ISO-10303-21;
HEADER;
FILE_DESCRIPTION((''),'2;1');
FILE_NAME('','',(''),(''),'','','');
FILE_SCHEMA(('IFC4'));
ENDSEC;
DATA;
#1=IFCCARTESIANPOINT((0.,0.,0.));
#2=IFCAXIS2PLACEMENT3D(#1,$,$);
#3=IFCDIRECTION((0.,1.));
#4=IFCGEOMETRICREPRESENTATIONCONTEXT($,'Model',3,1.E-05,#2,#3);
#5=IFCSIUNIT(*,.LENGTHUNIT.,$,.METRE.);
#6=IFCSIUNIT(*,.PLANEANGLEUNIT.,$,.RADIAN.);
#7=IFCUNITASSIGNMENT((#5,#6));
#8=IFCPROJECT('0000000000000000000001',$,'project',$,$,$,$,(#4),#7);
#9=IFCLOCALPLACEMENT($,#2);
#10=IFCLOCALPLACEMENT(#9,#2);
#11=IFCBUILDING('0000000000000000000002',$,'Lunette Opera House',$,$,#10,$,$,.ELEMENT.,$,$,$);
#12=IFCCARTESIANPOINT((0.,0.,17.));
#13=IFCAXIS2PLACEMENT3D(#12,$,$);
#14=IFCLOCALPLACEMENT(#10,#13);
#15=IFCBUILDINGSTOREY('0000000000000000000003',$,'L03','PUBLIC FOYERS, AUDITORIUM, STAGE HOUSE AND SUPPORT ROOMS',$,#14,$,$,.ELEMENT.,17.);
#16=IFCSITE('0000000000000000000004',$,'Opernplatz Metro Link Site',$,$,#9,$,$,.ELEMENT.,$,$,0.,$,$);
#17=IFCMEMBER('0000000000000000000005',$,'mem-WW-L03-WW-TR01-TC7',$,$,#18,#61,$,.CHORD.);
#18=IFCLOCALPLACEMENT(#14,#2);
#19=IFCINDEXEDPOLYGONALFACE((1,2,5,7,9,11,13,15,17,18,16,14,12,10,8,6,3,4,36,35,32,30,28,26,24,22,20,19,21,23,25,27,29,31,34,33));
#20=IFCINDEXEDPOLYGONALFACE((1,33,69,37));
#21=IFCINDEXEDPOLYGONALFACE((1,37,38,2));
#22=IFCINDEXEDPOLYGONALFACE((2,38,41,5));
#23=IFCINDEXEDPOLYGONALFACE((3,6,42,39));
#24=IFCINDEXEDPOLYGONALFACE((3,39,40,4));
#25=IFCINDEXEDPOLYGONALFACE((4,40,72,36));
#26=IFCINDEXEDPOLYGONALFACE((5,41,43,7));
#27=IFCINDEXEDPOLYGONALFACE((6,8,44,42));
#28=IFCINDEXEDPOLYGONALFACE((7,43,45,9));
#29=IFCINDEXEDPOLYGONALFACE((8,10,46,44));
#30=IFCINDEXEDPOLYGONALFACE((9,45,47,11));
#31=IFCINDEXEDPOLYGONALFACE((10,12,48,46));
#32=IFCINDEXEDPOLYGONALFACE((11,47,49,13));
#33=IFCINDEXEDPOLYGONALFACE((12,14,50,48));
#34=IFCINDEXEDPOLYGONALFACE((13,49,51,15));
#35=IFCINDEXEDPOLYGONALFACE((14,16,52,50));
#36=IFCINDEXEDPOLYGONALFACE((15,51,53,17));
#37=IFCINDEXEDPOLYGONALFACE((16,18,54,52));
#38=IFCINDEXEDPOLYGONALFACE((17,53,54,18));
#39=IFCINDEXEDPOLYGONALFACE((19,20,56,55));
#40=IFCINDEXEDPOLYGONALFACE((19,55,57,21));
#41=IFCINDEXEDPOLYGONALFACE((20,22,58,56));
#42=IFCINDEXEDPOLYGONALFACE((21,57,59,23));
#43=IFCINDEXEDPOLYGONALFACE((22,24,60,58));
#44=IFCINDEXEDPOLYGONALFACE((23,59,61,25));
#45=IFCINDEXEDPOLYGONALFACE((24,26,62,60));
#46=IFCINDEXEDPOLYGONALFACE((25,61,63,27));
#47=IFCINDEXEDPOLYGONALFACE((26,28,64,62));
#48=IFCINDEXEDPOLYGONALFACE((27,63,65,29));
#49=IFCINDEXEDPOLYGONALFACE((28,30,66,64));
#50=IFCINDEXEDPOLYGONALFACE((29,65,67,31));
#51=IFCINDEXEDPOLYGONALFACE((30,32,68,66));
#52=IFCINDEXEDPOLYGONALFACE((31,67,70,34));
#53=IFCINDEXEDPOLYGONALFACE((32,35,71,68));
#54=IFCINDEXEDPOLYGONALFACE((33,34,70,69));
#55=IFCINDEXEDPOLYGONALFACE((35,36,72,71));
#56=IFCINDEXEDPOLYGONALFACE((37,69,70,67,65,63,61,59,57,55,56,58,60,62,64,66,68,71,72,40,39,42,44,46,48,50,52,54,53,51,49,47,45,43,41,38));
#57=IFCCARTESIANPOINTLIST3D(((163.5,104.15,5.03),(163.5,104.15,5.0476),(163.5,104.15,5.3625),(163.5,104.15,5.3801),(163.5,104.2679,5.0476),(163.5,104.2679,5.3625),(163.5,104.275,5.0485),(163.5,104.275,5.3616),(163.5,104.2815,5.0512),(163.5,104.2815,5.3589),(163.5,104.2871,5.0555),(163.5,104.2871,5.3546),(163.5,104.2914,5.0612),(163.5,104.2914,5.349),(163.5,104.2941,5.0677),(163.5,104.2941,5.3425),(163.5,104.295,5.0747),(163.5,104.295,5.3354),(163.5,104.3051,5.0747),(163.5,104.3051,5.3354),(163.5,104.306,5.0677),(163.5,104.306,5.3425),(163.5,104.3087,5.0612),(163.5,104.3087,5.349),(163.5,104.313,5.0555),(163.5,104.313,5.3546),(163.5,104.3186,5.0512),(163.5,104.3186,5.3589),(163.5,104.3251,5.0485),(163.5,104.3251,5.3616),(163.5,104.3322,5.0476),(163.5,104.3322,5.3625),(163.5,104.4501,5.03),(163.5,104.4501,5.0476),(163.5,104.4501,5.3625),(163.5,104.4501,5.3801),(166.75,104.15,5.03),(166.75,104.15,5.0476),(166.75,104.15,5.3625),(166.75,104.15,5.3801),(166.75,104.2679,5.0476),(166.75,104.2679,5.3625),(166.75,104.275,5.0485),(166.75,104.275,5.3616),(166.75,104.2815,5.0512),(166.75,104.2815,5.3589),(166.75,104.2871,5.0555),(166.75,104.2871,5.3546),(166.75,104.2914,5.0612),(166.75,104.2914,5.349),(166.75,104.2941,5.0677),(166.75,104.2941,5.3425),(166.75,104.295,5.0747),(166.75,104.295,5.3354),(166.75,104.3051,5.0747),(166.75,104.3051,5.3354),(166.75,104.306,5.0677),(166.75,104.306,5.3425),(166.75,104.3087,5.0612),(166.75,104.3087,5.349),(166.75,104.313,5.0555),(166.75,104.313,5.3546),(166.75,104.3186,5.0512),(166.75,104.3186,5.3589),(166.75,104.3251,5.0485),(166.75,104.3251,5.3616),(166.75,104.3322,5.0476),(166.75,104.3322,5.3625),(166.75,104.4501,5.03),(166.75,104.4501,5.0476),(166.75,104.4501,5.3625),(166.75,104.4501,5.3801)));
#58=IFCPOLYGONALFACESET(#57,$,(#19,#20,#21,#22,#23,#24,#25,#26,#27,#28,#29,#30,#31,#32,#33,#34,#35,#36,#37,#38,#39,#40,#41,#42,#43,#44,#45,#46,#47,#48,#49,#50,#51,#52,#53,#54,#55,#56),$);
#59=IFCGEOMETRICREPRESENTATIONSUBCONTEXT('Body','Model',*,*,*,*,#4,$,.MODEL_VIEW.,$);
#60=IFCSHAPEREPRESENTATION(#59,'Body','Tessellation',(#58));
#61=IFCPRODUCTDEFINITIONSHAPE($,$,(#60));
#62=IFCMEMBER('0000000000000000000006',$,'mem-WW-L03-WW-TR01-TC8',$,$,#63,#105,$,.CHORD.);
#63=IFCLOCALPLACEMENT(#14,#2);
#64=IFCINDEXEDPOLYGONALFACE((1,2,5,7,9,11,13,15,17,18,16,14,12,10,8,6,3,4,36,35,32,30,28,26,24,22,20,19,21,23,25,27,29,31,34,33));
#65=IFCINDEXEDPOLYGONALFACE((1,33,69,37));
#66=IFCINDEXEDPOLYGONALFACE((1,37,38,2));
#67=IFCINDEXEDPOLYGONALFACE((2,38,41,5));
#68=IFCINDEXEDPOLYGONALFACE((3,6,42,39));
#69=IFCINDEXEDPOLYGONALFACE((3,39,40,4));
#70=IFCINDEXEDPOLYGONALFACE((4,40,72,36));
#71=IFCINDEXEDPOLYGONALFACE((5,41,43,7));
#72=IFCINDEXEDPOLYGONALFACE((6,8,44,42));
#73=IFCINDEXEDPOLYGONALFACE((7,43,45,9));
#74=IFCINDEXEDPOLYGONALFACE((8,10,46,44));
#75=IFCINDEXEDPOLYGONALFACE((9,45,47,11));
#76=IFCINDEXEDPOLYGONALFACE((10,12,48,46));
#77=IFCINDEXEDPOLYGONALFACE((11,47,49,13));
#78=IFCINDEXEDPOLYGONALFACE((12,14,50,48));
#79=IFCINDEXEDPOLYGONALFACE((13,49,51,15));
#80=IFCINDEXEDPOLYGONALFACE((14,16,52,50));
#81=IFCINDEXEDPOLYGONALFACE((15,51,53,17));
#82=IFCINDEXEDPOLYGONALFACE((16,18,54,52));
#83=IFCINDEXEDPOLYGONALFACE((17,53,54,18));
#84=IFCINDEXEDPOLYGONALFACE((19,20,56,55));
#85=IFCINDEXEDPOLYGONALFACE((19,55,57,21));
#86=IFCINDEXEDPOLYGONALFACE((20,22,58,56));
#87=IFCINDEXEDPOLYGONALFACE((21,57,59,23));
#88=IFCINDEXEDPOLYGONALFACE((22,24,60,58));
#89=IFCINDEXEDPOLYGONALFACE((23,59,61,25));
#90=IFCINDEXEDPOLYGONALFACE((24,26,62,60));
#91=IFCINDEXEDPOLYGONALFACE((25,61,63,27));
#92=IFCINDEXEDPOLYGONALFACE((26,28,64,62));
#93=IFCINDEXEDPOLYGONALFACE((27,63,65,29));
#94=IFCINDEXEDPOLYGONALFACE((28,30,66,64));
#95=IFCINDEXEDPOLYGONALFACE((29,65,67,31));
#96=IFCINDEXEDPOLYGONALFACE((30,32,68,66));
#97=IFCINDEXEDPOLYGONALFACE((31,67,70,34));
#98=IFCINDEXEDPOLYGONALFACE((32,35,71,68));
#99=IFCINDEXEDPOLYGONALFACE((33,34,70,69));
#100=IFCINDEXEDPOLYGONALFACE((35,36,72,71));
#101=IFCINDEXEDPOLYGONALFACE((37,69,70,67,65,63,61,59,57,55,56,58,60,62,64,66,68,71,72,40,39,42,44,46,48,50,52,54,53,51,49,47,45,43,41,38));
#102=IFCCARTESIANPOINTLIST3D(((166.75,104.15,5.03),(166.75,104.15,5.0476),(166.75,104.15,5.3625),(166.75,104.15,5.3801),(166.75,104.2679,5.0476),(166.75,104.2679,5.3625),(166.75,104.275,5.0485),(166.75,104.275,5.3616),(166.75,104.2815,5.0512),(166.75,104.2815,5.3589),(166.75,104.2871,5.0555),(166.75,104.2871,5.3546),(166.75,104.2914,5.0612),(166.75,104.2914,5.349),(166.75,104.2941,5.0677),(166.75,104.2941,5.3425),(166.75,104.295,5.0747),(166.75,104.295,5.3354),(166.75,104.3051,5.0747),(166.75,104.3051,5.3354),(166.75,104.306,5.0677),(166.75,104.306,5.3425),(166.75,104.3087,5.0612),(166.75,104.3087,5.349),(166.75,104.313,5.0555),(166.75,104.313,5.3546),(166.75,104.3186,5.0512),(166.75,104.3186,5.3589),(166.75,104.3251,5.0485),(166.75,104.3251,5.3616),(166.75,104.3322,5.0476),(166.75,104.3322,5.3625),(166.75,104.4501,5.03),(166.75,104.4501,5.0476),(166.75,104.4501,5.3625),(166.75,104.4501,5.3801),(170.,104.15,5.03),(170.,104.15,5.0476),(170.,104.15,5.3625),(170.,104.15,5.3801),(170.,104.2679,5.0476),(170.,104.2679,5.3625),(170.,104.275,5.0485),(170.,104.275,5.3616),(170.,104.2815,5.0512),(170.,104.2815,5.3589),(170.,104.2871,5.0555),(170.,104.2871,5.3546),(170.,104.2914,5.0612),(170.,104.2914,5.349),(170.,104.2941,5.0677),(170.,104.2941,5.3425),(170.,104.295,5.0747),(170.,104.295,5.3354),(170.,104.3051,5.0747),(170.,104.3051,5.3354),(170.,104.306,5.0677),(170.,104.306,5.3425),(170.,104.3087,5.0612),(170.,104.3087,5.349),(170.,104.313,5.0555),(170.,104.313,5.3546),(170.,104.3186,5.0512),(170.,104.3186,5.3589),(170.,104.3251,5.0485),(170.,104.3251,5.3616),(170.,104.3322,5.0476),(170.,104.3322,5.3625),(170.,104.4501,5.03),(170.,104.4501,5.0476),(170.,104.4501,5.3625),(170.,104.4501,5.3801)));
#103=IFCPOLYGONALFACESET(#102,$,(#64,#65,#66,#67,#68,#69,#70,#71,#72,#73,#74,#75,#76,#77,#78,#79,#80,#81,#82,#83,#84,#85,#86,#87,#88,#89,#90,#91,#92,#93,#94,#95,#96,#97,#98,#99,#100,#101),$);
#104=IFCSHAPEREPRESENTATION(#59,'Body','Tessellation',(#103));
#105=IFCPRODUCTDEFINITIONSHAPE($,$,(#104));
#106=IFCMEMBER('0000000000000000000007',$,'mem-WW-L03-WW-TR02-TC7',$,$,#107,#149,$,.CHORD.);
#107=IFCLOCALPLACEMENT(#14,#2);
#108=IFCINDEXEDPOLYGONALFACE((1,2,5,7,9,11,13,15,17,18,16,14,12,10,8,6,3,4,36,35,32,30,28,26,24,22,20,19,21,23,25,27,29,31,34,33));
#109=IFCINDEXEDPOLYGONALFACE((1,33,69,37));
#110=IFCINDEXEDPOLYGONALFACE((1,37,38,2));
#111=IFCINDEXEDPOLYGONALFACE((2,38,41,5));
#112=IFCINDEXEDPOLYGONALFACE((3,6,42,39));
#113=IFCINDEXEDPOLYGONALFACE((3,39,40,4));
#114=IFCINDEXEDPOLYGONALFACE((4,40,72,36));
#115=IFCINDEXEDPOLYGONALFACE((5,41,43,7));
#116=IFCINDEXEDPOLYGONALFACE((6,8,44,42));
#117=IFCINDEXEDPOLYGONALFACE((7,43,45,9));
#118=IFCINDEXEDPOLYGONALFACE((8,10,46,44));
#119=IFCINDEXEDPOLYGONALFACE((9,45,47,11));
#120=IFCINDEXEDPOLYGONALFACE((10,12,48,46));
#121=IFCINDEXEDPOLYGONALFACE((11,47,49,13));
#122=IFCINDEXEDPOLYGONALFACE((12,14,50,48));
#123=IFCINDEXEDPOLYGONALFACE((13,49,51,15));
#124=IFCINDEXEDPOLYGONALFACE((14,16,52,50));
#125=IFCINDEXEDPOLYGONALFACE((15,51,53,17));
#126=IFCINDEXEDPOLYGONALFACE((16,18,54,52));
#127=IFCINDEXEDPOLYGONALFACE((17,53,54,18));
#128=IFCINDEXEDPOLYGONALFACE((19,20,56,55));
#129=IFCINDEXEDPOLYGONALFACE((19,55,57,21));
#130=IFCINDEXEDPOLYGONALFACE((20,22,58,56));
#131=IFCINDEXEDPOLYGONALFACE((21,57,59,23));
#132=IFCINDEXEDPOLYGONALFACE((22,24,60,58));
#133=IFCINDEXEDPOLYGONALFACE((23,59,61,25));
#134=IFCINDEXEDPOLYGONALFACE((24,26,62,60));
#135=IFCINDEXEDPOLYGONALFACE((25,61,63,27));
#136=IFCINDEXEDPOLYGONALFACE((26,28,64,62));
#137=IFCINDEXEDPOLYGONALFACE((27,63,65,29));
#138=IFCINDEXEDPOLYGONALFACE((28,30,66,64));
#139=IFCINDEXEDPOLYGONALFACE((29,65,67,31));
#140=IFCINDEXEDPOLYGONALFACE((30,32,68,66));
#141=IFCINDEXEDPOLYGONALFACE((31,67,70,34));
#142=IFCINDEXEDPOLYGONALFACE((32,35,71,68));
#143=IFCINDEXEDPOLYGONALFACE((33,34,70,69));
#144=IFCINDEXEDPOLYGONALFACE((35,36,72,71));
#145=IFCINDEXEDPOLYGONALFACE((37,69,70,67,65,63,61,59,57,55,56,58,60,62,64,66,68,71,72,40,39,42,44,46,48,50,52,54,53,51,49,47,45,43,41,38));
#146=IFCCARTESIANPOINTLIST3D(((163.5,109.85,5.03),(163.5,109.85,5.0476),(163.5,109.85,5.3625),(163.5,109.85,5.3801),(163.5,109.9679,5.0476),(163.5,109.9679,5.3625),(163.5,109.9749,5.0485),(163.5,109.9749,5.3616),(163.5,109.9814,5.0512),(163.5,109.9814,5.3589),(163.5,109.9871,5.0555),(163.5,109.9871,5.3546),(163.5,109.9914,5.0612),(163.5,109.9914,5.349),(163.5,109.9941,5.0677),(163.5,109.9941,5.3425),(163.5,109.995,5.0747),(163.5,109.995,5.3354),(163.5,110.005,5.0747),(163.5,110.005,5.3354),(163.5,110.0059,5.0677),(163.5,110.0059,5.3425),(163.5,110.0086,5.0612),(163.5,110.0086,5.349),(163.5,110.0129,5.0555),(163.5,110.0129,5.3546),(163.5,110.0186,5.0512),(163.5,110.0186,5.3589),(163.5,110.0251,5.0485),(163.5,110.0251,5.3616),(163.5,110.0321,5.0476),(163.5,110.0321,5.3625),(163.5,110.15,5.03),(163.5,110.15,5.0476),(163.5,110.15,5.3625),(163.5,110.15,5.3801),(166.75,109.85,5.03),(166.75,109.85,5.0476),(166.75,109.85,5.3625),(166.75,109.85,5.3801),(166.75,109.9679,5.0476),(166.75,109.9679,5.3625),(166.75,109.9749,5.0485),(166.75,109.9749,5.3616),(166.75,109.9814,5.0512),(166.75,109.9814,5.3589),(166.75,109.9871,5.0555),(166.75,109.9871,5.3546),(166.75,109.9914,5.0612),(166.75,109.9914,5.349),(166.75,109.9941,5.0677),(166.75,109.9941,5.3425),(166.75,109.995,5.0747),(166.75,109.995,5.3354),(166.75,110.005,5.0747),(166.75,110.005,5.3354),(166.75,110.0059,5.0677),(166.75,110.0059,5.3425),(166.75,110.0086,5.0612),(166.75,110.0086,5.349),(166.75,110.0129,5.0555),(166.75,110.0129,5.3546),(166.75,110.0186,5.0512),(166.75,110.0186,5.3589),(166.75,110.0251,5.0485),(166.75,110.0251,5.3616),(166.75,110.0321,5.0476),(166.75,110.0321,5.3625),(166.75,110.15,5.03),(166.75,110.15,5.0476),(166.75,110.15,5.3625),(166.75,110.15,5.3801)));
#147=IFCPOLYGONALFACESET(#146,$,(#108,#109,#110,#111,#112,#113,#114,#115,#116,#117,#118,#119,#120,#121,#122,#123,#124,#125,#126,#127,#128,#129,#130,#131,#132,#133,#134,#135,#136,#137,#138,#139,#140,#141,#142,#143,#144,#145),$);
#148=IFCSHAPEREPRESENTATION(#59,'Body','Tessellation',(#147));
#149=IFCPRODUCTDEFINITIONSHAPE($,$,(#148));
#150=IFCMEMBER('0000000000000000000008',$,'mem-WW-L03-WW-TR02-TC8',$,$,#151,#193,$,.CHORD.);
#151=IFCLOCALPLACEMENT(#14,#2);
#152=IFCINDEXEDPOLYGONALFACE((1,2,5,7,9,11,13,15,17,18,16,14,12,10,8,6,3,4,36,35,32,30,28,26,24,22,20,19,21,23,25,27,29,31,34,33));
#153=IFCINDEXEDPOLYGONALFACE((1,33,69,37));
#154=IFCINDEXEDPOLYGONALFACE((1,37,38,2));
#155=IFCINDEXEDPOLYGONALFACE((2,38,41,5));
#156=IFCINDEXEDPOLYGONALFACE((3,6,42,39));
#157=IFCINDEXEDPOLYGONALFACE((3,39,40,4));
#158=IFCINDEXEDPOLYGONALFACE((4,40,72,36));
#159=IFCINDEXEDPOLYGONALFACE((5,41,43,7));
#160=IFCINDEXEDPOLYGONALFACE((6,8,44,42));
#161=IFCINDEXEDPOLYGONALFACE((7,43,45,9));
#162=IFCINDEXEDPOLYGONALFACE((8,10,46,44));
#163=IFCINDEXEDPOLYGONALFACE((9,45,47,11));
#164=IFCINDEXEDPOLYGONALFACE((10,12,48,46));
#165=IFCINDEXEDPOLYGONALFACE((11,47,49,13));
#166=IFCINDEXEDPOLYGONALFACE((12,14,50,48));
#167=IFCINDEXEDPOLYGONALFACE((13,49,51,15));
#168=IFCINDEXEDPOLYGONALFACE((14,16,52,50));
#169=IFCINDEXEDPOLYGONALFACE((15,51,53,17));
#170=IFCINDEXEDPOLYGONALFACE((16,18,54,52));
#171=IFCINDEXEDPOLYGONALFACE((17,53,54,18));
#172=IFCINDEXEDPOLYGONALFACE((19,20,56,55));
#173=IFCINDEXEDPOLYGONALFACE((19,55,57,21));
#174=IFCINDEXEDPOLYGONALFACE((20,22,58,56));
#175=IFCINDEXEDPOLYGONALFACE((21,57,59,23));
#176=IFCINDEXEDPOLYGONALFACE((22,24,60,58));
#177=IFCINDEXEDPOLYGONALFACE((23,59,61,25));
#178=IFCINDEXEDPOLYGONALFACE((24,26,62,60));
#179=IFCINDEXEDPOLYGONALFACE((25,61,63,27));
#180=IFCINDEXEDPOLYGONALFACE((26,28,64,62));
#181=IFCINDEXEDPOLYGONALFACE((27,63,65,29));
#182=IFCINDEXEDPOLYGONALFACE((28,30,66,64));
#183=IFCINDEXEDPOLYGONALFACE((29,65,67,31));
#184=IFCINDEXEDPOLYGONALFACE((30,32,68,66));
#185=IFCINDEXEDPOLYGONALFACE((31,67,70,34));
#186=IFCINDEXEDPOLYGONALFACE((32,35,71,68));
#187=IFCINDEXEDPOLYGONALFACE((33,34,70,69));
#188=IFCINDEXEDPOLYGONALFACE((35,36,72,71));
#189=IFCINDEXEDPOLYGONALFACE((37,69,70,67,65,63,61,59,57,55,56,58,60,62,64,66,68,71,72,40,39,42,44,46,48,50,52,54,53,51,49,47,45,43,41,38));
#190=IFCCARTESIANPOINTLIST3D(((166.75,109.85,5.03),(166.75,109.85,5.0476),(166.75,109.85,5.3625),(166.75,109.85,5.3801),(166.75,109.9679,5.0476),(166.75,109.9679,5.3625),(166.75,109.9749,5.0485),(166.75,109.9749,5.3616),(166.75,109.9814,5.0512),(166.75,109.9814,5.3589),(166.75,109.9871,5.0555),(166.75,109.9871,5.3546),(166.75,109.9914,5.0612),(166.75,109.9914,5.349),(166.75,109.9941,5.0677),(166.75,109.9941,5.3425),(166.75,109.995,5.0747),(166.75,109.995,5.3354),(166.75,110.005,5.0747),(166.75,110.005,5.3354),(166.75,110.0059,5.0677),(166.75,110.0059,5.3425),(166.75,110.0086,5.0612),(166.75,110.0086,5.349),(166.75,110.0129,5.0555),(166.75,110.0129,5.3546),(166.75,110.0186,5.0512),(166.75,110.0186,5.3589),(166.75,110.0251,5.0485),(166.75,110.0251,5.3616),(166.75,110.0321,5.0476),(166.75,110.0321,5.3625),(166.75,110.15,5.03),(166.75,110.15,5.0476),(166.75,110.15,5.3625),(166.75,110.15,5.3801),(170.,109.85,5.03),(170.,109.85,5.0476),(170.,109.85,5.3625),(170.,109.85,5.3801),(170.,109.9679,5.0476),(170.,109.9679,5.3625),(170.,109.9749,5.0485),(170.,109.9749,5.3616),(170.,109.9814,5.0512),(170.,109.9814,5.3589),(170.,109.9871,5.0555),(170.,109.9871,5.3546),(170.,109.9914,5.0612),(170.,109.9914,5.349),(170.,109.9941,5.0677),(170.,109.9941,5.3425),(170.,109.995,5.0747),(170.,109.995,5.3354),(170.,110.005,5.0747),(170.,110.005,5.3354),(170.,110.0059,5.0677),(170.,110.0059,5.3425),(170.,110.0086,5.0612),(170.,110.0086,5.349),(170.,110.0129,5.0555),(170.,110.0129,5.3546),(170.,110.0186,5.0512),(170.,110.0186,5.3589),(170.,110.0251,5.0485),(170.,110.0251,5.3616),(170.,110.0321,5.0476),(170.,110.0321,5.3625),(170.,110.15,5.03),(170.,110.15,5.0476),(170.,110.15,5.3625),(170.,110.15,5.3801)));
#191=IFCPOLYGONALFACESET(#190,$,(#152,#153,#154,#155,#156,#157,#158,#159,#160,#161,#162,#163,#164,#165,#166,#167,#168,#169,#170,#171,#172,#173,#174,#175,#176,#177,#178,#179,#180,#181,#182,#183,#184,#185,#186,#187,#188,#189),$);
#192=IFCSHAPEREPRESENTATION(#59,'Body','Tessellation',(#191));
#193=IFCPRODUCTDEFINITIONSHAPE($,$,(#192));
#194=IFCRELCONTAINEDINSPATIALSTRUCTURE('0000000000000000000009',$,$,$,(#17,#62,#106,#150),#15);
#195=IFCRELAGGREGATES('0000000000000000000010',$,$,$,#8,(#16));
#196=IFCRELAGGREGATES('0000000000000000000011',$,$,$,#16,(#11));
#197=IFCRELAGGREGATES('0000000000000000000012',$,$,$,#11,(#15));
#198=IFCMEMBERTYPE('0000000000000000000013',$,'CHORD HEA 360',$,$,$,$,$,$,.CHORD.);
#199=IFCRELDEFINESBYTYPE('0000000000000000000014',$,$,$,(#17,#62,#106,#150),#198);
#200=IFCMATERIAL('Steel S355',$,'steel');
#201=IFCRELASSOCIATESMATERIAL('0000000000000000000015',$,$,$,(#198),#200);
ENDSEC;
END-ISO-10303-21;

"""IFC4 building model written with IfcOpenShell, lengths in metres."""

from ifc_helpers import new_model, si_unit, direction, frame, origin, origin_2d, place, context, subcontext, project, spatial, i_section, extrude, material, material_profile, profile_set, type_object, element, save


model = new_model("IFC4")

# Units and contexts
model_context = context("Model", 3, precision=1e-05, world=origin(), true_north=direction((0.0, 1.0)))
body_context = subcontext(model_context, "Body", "Model", "MODEL_VIEW")
ifc_project = project(units=[si_unit("LENGTHUNIT", "METRE"), si_unit("PLANEANGLEUNIT", "RADIAN")], contexts=[model_context])

# Site, building, storey
site_placement = place(None, origin())
site = spatial("IfcSite", under=ifc_project, at=site_placement, Name="Opernplatz Metro Link Site", CompositionType="ELEMENT", RefElevation=0.0)
building_placement = place(site_placement, origin())
building = spatial("IfcBuilding", under=site, at=building_placement, Name="Lunette Opera House", CompositionType="ELEMENT")
storey_placement = place(building_placement, frame((0.0, 0.0, 17.0)))
storey = spatial("IfcBuildingStorey", under=building, at=storey_placement, Name="L03", Description="PUBLIC FOYERS, AUDITORIUM, STAGE HOUSE AND SUPPORT ROOMS", CompositionType="ELEMENT", Elevation=17.0)

# Members
ifc_material_1 = material(Name="Steel S355", Category="steel")
ifc_material_profile_1 = material_profile(ifc_material_1, i_section(OverallWidth=0.3, OverallDepth=0.3501, WebThickness=0.01, FlangeThickness=0.0176, FilletRadius=0.0271, at=origin_2d()), Name="HEA 360")
ifc_profile_set_1 = profile_set([ifc_material_profile_1], Name="Steel S355")
member_type_1 = type_object("IfcMemberType", Name="CHORD HEA 360", PredefinedType="CHORD", material=ifc_profile_set_1)
for number, where, z_axis, x_axis, name in (
    (1, (163.5, 104.3, 5.2051), (1.0, 0.0, 0.0), (0.0, 1.0, 0.0), "mem-WW-L03-WW-TR01-TC7"),
    (2, (166.75, 104.3, 5.2051), (1.0, 0.0, 0.0), (0.0, 1.0, 0.0), "mem-WW-L03-WW-TR01-TC8"),
    (3, (163.5, 110.0, 5.2051), (1.0, 0.0, 0.0), (0.0, 1.0, 0.0), "mem-WW-L03-WW-TR02-TC7"),
    (4, (166.75, 110.0, 5.2051), (1.0, 0.0, 0.0), (0.0, 1.0, 0.0), "mem-WW-L03-WW-TR02-TC8"),
):
    element("IfcMember", number, at=place(storey_placement, frame(where, z_axis=z_axis, x_axis=x_axis)), inside=storey, type_object=member_type_1, Name=name, PredefinedType="CHORD", context=body_context, shape_type="SweptSolid", body=[
        extrude(i_section(OverallWidth=0.3, OverallDepth=0.3501, WebThickness=0.01, FlangeThickness=0.0176, FilletRadius=0.0271, at=origin_2d()), origin(), (0.0, 0.0, 1.0), 3.25),
    ])

save(model, "model.ifc")
